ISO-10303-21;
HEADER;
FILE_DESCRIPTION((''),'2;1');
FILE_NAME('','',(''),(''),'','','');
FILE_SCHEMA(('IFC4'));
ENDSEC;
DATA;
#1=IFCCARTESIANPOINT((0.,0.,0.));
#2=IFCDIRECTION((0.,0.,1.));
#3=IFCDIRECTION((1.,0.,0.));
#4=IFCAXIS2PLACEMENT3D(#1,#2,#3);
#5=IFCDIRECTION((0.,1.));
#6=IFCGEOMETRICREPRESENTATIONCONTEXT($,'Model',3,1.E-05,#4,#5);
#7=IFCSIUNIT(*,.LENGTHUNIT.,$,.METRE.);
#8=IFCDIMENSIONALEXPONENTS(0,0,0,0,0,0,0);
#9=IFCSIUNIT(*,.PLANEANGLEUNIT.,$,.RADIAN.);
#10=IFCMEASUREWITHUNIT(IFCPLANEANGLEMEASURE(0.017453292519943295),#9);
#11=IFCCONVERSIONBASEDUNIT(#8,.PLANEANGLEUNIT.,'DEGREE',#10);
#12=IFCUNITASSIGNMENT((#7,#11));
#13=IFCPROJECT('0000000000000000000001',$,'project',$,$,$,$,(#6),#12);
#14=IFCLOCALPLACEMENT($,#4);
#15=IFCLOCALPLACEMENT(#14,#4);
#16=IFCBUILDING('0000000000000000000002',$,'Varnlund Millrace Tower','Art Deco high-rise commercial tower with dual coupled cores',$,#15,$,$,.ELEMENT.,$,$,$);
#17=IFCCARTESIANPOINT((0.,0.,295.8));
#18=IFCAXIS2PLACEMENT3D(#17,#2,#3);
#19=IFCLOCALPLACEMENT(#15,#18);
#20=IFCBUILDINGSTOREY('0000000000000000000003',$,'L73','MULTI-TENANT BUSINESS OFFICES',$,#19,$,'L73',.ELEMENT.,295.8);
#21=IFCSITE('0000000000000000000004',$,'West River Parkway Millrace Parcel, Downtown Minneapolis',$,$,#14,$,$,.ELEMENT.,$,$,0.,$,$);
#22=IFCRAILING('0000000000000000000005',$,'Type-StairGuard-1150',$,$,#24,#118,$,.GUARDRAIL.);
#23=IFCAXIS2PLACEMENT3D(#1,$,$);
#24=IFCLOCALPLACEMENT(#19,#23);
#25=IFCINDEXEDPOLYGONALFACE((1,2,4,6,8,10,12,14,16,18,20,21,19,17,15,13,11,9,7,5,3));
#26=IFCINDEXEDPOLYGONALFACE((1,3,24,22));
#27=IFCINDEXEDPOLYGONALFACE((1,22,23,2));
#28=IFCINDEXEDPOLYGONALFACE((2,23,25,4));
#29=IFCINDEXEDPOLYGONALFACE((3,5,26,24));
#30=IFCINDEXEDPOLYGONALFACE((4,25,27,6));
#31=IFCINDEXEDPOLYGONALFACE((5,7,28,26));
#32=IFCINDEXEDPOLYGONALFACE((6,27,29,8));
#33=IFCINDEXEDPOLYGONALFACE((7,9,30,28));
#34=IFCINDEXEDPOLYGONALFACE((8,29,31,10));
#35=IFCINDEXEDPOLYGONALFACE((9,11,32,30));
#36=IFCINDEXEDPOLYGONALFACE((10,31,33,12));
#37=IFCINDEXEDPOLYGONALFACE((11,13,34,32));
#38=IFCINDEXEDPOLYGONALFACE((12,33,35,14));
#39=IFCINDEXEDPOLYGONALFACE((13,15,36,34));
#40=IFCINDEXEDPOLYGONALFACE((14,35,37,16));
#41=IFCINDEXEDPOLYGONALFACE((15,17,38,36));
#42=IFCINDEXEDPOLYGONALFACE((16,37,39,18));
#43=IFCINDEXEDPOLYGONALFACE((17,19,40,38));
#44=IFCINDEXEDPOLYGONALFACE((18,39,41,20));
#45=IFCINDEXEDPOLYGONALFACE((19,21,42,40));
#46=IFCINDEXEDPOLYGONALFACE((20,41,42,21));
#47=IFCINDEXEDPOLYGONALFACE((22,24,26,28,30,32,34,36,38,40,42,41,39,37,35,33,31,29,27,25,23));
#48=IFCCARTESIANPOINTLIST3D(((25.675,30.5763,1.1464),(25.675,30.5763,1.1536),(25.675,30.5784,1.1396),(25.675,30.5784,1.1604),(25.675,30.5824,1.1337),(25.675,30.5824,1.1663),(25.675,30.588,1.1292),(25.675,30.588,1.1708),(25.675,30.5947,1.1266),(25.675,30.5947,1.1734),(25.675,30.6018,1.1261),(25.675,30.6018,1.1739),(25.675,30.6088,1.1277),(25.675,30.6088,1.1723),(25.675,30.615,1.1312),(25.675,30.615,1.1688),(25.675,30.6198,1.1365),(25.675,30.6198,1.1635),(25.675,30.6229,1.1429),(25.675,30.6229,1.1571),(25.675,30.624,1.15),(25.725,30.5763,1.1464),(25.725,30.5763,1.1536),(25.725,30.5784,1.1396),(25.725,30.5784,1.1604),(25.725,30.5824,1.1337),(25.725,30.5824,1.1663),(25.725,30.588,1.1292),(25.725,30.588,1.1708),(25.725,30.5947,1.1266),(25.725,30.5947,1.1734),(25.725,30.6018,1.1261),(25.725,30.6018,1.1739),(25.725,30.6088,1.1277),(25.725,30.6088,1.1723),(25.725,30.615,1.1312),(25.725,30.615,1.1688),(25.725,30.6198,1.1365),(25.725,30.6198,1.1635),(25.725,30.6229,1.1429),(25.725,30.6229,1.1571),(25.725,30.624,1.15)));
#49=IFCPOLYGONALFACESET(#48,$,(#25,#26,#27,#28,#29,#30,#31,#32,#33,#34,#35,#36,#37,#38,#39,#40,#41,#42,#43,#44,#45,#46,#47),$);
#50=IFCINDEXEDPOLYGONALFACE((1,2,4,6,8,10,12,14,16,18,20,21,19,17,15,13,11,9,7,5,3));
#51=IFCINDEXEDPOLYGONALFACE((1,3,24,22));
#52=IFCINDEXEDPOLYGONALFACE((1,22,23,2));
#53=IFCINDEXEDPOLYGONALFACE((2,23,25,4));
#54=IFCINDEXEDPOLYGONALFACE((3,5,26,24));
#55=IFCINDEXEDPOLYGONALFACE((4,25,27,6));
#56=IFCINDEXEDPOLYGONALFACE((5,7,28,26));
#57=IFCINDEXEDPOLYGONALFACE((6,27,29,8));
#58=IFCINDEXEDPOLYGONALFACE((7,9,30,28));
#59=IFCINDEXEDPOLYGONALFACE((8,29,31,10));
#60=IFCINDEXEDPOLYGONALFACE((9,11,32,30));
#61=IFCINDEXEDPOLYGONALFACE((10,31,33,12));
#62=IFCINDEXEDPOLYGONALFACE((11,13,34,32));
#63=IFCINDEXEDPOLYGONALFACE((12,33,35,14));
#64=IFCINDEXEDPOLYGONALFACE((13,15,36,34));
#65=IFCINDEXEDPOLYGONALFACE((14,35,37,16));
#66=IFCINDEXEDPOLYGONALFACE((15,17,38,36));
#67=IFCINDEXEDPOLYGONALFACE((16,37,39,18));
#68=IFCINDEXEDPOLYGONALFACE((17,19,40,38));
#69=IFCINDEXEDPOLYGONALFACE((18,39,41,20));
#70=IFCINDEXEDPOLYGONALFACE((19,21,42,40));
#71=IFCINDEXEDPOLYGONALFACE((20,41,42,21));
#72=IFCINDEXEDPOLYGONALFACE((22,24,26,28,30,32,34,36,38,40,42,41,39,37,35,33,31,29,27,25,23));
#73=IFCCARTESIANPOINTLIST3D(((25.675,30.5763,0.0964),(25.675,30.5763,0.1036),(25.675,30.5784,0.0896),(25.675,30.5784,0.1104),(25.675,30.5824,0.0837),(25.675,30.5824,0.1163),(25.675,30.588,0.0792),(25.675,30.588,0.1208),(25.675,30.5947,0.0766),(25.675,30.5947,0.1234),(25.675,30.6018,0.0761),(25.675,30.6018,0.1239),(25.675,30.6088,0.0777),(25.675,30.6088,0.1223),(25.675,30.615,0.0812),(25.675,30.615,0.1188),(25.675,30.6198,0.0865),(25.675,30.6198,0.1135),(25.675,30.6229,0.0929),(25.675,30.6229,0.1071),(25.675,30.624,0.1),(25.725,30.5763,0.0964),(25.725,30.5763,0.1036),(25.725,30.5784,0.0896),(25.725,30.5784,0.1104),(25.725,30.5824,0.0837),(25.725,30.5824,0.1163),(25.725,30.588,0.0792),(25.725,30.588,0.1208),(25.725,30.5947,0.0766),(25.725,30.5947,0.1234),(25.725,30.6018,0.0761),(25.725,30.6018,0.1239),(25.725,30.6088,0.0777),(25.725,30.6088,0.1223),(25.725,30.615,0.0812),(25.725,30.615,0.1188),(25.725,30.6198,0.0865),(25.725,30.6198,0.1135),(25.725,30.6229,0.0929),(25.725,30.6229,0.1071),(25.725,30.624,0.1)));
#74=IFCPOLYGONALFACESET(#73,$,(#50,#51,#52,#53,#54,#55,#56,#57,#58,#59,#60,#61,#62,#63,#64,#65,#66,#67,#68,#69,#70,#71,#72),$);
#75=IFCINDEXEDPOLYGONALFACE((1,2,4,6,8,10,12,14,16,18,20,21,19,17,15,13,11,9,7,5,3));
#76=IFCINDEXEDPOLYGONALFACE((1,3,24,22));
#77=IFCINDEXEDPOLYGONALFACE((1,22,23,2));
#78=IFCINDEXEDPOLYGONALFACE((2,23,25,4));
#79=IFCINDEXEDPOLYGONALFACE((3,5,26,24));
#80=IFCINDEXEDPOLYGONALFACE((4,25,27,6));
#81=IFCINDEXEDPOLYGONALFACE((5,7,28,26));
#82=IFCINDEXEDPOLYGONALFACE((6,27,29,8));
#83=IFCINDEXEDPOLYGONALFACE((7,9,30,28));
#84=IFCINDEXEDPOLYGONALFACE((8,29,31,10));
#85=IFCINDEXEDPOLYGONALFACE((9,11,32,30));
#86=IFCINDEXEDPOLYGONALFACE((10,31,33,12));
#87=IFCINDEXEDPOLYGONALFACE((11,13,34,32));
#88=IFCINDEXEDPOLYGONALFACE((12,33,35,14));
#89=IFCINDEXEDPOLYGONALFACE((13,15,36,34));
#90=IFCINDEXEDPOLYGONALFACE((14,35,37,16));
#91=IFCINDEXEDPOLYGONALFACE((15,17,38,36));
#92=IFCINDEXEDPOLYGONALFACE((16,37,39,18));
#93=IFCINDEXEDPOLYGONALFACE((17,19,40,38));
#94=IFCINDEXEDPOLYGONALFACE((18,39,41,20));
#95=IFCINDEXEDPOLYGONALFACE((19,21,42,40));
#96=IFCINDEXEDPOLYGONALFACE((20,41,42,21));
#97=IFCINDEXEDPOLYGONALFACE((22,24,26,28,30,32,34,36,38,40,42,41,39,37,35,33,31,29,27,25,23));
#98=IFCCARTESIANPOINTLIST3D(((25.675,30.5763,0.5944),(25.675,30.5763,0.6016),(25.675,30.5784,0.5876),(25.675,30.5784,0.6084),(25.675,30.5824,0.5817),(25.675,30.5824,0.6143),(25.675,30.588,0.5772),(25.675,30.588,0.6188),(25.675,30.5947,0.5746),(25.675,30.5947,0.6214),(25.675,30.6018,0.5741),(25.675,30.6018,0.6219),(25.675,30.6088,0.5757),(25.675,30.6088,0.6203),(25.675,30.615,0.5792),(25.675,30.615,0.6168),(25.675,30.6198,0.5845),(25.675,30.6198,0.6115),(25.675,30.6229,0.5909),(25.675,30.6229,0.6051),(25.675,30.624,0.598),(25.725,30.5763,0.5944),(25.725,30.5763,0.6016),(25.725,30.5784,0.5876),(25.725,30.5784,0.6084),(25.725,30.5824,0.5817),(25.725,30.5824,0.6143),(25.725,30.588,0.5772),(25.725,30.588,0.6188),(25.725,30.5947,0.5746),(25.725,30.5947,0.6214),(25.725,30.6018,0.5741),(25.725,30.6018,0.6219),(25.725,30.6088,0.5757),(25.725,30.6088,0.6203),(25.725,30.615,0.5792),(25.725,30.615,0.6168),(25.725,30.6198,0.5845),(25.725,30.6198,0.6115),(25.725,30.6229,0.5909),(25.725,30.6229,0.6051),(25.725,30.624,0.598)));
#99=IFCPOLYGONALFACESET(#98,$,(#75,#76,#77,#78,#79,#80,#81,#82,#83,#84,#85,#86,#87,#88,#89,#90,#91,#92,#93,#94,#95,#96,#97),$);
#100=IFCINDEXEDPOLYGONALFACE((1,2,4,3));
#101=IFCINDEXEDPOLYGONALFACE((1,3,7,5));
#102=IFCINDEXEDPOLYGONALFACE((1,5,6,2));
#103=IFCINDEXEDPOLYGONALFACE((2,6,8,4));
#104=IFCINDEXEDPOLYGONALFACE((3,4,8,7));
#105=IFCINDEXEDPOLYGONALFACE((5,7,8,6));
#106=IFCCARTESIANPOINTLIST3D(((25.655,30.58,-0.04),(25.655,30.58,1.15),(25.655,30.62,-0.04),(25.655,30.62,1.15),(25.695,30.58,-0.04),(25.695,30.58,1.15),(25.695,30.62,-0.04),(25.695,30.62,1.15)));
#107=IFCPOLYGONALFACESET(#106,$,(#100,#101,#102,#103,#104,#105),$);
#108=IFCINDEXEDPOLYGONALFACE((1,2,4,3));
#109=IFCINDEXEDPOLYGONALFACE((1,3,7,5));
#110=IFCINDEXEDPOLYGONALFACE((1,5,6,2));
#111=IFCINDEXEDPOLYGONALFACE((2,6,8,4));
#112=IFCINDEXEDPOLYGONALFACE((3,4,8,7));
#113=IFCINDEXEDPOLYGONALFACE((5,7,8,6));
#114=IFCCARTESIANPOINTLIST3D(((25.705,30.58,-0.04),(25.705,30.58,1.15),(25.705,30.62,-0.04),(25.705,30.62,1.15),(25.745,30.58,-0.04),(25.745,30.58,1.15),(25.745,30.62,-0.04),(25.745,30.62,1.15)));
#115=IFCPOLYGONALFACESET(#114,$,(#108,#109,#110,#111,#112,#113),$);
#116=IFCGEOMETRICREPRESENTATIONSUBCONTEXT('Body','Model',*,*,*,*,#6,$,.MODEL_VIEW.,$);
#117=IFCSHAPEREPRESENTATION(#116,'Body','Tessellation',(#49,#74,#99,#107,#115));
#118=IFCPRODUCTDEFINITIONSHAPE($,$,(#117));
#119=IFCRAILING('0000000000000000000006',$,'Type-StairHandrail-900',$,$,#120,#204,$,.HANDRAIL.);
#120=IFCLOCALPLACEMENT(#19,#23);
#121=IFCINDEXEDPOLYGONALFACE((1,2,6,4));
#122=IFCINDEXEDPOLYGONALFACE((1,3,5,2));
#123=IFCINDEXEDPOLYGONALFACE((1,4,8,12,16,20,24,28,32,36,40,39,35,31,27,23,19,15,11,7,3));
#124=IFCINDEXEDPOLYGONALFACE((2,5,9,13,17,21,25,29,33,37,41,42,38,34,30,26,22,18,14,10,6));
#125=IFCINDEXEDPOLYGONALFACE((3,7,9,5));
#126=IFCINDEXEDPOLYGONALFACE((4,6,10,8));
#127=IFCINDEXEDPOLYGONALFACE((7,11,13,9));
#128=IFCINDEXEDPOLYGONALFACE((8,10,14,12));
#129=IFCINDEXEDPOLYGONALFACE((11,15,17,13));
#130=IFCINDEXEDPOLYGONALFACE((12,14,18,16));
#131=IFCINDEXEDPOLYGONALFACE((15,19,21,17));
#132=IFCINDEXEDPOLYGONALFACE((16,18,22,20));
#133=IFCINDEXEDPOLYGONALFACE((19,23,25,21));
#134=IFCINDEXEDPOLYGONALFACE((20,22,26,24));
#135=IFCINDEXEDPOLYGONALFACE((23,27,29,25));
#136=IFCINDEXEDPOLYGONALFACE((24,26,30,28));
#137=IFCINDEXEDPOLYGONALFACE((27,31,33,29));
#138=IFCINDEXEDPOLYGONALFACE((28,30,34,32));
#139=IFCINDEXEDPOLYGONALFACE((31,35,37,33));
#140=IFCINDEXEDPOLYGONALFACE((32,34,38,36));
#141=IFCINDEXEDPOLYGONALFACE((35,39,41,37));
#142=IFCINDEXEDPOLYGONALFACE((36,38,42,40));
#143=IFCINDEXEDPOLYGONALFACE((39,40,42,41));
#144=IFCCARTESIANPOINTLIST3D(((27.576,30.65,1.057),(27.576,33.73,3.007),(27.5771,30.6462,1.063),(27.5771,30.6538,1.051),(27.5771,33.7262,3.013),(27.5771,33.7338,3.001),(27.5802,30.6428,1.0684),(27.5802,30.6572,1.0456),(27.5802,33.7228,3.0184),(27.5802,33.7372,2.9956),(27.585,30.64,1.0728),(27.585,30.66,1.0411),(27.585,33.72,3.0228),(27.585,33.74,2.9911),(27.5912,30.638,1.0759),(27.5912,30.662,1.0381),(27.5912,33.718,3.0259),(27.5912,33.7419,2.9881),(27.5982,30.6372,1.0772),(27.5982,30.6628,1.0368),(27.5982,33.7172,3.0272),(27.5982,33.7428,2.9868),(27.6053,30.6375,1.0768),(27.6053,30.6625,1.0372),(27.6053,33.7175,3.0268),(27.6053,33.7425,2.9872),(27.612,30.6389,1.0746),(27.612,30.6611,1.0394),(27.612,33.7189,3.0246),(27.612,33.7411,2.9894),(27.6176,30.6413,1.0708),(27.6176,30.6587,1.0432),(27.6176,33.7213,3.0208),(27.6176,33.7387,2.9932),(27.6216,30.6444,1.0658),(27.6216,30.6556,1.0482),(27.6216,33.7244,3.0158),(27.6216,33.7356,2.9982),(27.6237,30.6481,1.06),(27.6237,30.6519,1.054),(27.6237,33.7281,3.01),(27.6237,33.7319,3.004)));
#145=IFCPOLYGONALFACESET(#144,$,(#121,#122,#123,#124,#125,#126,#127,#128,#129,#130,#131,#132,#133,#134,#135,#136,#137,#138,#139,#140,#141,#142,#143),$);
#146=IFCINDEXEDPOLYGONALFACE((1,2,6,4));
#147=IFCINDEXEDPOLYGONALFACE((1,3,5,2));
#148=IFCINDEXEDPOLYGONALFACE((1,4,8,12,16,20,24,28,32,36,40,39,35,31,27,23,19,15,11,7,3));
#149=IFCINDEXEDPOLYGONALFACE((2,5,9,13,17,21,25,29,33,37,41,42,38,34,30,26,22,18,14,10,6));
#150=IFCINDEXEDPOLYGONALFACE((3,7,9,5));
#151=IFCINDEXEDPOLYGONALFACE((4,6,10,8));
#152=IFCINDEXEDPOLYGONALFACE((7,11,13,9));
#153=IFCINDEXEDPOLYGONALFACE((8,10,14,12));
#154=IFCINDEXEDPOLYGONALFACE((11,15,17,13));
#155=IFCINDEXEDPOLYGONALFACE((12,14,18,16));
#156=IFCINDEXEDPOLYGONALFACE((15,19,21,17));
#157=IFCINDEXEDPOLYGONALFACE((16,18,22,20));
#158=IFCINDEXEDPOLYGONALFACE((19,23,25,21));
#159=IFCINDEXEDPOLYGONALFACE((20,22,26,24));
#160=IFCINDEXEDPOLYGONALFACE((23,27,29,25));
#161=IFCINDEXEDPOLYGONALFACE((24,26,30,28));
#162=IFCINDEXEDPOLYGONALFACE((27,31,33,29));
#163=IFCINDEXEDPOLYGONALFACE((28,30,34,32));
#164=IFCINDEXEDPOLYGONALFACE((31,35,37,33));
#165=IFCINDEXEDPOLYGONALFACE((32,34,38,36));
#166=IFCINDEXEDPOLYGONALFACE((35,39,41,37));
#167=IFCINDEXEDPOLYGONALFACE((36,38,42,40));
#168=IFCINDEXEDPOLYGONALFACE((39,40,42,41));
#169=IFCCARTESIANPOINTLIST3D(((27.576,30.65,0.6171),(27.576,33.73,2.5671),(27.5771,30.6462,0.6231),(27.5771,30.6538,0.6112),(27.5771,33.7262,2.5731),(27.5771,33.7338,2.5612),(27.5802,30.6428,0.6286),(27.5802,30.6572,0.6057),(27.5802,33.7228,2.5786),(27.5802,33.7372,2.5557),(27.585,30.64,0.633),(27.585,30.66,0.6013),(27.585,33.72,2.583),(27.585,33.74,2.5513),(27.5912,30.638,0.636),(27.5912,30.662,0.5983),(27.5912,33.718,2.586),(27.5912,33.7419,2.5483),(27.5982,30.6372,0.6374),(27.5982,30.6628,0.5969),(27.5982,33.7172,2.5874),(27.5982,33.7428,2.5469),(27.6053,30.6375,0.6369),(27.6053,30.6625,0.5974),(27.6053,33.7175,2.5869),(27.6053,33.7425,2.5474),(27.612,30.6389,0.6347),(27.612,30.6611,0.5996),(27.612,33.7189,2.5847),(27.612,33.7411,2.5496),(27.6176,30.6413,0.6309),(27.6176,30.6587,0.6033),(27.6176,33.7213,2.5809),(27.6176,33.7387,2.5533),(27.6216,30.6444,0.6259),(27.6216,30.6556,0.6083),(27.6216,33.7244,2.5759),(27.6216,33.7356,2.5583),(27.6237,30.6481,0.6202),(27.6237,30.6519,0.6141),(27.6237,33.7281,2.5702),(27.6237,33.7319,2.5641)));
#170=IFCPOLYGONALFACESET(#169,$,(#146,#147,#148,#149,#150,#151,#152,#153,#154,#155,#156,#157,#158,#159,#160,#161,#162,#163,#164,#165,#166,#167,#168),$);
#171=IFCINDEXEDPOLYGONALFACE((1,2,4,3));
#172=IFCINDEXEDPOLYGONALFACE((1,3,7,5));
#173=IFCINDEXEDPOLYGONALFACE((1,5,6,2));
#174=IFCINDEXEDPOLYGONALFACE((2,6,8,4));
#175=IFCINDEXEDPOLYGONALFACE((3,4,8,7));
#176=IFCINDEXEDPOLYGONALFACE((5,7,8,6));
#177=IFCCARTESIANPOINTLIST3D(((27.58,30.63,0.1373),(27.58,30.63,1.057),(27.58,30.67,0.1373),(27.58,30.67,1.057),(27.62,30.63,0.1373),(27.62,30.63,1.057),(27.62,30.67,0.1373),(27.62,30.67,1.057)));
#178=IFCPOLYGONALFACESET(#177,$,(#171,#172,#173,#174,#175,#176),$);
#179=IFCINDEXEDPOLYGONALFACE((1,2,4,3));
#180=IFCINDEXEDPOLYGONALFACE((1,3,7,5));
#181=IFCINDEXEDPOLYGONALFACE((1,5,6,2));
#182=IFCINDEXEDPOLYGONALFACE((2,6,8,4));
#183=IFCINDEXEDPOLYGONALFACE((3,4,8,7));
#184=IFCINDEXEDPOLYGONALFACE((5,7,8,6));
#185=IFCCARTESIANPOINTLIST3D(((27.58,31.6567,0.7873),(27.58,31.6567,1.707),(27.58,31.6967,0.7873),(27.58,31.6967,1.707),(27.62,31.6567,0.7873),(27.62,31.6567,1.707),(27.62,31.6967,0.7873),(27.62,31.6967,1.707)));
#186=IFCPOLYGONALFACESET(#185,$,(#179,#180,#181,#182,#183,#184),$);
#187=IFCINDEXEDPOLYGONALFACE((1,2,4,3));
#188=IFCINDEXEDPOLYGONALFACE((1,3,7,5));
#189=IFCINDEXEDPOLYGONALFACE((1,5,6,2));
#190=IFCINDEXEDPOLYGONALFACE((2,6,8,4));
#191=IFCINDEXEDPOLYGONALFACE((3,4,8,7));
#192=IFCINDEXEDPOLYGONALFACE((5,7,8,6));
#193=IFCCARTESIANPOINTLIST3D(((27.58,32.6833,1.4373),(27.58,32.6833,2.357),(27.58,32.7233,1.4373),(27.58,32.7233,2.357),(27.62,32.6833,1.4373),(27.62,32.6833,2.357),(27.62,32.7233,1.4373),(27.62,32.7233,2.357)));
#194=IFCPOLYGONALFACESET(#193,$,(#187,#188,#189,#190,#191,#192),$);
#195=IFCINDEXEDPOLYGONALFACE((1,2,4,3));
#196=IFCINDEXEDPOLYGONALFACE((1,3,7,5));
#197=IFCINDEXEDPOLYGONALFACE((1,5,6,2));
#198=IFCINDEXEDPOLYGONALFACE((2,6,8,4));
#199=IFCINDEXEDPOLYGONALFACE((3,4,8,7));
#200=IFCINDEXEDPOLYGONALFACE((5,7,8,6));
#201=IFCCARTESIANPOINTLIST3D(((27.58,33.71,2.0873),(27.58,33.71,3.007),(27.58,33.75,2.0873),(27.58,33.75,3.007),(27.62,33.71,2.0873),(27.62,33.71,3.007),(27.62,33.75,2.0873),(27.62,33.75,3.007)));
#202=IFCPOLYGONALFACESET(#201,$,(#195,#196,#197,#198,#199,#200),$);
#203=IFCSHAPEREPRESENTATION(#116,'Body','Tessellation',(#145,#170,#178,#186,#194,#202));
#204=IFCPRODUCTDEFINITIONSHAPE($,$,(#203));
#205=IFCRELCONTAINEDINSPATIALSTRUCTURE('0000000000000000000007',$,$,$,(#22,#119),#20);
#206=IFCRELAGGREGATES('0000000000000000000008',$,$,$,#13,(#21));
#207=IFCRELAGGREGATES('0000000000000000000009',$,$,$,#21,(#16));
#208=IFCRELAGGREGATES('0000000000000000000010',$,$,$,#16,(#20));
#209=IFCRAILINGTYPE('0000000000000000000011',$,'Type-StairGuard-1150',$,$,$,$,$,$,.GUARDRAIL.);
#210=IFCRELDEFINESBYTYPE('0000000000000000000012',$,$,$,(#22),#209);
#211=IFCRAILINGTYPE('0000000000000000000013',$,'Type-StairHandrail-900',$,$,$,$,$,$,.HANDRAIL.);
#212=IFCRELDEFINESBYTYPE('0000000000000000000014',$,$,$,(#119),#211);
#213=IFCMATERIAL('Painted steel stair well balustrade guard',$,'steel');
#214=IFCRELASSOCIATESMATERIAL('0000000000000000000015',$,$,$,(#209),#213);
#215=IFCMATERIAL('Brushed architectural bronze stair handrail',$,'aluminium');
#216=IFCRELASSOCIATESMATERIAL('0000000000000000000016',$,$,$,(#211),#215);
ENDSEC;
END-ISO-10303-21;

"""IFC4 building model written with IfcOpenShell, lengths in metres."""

from ifc_helpers import new_model, entity, si_unit, converted_unit, direction, frame, origin_with_axes, origin_2d_with_axis, place, context, subcontext, project, spatial, rectangle, circle, extrude, material, type_object, element, save


model = new_model("IFC4")

# Units and contexts
model_context = context("Model", 3, precision=1e-05, world=origin_with_axes(), true_north=direction((0.0, 1.0)))
body_context = subcontext(model_context, "Body", "Model", "MODEL_VIEW")
ifc_project = project(units=[si_unit("LENGTHUNIT", "METRE"), converted_unit("PLANEANGLEUNIT", "DEGREE", entity("IfcPlaneAngleMeasure", 0.017453292519943295), si_unit("PLANEANGLEUNIT", "RADIAN"), dimensions=[0, 0, 0, 0, 0, 0, 0])], contexts=[model_context])

# Site, building, storey
site_placement = place(None, origin_with_axes())
site = spatial("IfcSite", under=ifc_project, at=site_placement, Name="West River Parkway Millrace Parcel, Downtown Minneapolis", CompositionType="ELEMENT", RefElevation=0.0)
building_placement = place(site_placement, origin_with_axes())
building = spatial("IfcBuilding", under=site, at=building_placement, Name="Varnlund Millrace Tower", Description="Art Deco high-rise commercial tower with dual coupled cores", CompositionType="ELEMENT")
storey_placement = place(building_placement, frame((0.0, 0.0, 295.8), z_axis=(0.0, 0.0, 1.0), x_axis=(1.0, 0.0, 0.0)))
storey = spatial("IfcBuildingStorey", under=building, at=storey_placement, Name="L73", Description="MULTI-TENANT BUSINESS OFFICES", LongName="L73", CompositionType="ELEMENT", Elevation=295.8)

# Railings
ifc_material_1 = material(Name="Painted steel stair well balustrade guard", Category="steel")
railing_type_1 = type_object("IfcRailingType", Name="Type-StairGuard-1150", PredefinedType="GUARDRAIL", material=ifc_material_1)
railing_1_placement = place(storey_placement, frame((0.0, 0.0, -295.8), z_axis=(0.0, 0.0, 1.0), x_axis=(1.0, 0.0, 0.0)))
element("IfcRailing", 1, at=railing_1_placement, inside=storey, type_object=railing_type_1, Name="Type-StairGuard-1150", PredefinedType="GUARDRAIL", context=body_context, shape_type="SweptSolid", body=[
    extrude(circle(Radius=0.024, at=origin_2d_with_axis()), frame((25.675, 30.6, 296.95), z_axis=(1.0, 0.0, 0.0), x_axis=(0.0, 1.0, 0.0)), (0.0, 0.0, 1.0), 0.05),
    extrude(circle(Radius=0.024, at=origin_2d_with_axis()), frame((25.675, 30.6, 295.9), z_axis=(1.0, 0.0, 0.0), x_axis=(0.0, 1.0, 0.0)), (0.0, 0.0, 1.0), 0.05),
    extrude(circle(Radius=0.024, at=origin_2d_with_axis()), frame((25.675, 30.6, 296.398), z_axis=(1.0, 0.0, 0.0), x_axis=(0.0, 1.0, 0.0)), (0.0, 0.0, 1.0), 0.05),
    extrude(rectangle(XDim=0.04, YDim=0.04, at=origin_2d_with_axis()), frame((25.675, 30.6, 295.76), z_axis=(0.0, 0.0, 1.0), x_axis=(1.0, 0.0, 0.0)), (0.0, 0.0, 1.0), 1.19),
    extrude(rectangle(XDim=0.04, YDim=0.04, at=origin_2d_with_axis()), frame((25.725, 30.6, 295.76), z_axis=(0.0, 0.0, 1.0), x_axis=(1.0, 0.0, 0.0)), (0.0, 0.0, 1.0), 1.19),
])
ifc_material_2 = material(Name="Brushed architectural bronze stair handrail", Category="aluminium")
railing_type_2 = type_object("IfcRailingType", Name="Type-StairHandrail-900", PredefinedType="HANDRAIL", material=ifc_material_2)
railing_2_placement = place(storey_placement, frame((0.0, 0.0, -295.8), z_axis=(0.0, 0.0, 1.0), x_axis=(1.0, 0.0, 0.0)))
element("IfcRailing", 2, at=railing_2_placement, inside=storey, type_object=railing_type_2, Name="Type-StairHandrail-900", PredefinedType="HANDRAIL", context=body_context, shape_type="SweptSolid", body=[
    extrude(circle(Radius=0.024, at=origin_2d_with_axis()), frame((27.6, 30.65, 296.857), z_axis=(0.0, 0.844902, 0.534922), x_axis=(-1.0, 0.0, 0.0)), (0.0, 0.0, 1.0), 3.6454),
    extrude(circle(Radius=0.024, at=origin_2d_with_axis()), frame((27.6, 30.65, 296.4171), z_axis=(0.0, 0.844902, 0.534922), x_axis=(-1.0, 0.0, 0.0)), (0.0, 0.0, 1.0), 3.6454),
    extrude(rectangle(XDim=0.04, YDim=0.04, at=origin_2d_with_axis()), frame((27.6, 30.65, 295.9373), z_axis=(0.0, 0.0, 1.0), x_axis=(1.0, 0.0, 0.0)), (0.0, 0.0, 1.0), 0.9197),
    extrude(rectangle(XDim=0.04, YDim=0.04, at=origin_2d_with_axis()), frame((27.6, 31.6767, 296.5873), z_axis=(0.0, 0.0, 1.0), x_axis=(1.0, 0.0, 0.0)), (0.0, 0.0, 1.0), 0.9197),
    extrude(rectangle(XDim=0.04, YDim=0.04, at=origin_2d_with_axis()), frame((27.6, 32.7033, 297.2373), z_axis=(0.0, 0.0, 1.0), x_axis=(1.0, 0.0, 0.0)), (0.0, 0.0, 1.0), 0.9197),
    extrude(rectangle(XDim=0.04, YDim=0.04, at=origin_2d_with_axis()), frame((27.6, 33.73, 297.8873), z_axis=(0.0, 0.0, 1.0), x_axis=(1.0, 0.0, 0.0)), (0.0, 0.0, 1.0), 0.9197),
])

save(model, "model.ifc")
